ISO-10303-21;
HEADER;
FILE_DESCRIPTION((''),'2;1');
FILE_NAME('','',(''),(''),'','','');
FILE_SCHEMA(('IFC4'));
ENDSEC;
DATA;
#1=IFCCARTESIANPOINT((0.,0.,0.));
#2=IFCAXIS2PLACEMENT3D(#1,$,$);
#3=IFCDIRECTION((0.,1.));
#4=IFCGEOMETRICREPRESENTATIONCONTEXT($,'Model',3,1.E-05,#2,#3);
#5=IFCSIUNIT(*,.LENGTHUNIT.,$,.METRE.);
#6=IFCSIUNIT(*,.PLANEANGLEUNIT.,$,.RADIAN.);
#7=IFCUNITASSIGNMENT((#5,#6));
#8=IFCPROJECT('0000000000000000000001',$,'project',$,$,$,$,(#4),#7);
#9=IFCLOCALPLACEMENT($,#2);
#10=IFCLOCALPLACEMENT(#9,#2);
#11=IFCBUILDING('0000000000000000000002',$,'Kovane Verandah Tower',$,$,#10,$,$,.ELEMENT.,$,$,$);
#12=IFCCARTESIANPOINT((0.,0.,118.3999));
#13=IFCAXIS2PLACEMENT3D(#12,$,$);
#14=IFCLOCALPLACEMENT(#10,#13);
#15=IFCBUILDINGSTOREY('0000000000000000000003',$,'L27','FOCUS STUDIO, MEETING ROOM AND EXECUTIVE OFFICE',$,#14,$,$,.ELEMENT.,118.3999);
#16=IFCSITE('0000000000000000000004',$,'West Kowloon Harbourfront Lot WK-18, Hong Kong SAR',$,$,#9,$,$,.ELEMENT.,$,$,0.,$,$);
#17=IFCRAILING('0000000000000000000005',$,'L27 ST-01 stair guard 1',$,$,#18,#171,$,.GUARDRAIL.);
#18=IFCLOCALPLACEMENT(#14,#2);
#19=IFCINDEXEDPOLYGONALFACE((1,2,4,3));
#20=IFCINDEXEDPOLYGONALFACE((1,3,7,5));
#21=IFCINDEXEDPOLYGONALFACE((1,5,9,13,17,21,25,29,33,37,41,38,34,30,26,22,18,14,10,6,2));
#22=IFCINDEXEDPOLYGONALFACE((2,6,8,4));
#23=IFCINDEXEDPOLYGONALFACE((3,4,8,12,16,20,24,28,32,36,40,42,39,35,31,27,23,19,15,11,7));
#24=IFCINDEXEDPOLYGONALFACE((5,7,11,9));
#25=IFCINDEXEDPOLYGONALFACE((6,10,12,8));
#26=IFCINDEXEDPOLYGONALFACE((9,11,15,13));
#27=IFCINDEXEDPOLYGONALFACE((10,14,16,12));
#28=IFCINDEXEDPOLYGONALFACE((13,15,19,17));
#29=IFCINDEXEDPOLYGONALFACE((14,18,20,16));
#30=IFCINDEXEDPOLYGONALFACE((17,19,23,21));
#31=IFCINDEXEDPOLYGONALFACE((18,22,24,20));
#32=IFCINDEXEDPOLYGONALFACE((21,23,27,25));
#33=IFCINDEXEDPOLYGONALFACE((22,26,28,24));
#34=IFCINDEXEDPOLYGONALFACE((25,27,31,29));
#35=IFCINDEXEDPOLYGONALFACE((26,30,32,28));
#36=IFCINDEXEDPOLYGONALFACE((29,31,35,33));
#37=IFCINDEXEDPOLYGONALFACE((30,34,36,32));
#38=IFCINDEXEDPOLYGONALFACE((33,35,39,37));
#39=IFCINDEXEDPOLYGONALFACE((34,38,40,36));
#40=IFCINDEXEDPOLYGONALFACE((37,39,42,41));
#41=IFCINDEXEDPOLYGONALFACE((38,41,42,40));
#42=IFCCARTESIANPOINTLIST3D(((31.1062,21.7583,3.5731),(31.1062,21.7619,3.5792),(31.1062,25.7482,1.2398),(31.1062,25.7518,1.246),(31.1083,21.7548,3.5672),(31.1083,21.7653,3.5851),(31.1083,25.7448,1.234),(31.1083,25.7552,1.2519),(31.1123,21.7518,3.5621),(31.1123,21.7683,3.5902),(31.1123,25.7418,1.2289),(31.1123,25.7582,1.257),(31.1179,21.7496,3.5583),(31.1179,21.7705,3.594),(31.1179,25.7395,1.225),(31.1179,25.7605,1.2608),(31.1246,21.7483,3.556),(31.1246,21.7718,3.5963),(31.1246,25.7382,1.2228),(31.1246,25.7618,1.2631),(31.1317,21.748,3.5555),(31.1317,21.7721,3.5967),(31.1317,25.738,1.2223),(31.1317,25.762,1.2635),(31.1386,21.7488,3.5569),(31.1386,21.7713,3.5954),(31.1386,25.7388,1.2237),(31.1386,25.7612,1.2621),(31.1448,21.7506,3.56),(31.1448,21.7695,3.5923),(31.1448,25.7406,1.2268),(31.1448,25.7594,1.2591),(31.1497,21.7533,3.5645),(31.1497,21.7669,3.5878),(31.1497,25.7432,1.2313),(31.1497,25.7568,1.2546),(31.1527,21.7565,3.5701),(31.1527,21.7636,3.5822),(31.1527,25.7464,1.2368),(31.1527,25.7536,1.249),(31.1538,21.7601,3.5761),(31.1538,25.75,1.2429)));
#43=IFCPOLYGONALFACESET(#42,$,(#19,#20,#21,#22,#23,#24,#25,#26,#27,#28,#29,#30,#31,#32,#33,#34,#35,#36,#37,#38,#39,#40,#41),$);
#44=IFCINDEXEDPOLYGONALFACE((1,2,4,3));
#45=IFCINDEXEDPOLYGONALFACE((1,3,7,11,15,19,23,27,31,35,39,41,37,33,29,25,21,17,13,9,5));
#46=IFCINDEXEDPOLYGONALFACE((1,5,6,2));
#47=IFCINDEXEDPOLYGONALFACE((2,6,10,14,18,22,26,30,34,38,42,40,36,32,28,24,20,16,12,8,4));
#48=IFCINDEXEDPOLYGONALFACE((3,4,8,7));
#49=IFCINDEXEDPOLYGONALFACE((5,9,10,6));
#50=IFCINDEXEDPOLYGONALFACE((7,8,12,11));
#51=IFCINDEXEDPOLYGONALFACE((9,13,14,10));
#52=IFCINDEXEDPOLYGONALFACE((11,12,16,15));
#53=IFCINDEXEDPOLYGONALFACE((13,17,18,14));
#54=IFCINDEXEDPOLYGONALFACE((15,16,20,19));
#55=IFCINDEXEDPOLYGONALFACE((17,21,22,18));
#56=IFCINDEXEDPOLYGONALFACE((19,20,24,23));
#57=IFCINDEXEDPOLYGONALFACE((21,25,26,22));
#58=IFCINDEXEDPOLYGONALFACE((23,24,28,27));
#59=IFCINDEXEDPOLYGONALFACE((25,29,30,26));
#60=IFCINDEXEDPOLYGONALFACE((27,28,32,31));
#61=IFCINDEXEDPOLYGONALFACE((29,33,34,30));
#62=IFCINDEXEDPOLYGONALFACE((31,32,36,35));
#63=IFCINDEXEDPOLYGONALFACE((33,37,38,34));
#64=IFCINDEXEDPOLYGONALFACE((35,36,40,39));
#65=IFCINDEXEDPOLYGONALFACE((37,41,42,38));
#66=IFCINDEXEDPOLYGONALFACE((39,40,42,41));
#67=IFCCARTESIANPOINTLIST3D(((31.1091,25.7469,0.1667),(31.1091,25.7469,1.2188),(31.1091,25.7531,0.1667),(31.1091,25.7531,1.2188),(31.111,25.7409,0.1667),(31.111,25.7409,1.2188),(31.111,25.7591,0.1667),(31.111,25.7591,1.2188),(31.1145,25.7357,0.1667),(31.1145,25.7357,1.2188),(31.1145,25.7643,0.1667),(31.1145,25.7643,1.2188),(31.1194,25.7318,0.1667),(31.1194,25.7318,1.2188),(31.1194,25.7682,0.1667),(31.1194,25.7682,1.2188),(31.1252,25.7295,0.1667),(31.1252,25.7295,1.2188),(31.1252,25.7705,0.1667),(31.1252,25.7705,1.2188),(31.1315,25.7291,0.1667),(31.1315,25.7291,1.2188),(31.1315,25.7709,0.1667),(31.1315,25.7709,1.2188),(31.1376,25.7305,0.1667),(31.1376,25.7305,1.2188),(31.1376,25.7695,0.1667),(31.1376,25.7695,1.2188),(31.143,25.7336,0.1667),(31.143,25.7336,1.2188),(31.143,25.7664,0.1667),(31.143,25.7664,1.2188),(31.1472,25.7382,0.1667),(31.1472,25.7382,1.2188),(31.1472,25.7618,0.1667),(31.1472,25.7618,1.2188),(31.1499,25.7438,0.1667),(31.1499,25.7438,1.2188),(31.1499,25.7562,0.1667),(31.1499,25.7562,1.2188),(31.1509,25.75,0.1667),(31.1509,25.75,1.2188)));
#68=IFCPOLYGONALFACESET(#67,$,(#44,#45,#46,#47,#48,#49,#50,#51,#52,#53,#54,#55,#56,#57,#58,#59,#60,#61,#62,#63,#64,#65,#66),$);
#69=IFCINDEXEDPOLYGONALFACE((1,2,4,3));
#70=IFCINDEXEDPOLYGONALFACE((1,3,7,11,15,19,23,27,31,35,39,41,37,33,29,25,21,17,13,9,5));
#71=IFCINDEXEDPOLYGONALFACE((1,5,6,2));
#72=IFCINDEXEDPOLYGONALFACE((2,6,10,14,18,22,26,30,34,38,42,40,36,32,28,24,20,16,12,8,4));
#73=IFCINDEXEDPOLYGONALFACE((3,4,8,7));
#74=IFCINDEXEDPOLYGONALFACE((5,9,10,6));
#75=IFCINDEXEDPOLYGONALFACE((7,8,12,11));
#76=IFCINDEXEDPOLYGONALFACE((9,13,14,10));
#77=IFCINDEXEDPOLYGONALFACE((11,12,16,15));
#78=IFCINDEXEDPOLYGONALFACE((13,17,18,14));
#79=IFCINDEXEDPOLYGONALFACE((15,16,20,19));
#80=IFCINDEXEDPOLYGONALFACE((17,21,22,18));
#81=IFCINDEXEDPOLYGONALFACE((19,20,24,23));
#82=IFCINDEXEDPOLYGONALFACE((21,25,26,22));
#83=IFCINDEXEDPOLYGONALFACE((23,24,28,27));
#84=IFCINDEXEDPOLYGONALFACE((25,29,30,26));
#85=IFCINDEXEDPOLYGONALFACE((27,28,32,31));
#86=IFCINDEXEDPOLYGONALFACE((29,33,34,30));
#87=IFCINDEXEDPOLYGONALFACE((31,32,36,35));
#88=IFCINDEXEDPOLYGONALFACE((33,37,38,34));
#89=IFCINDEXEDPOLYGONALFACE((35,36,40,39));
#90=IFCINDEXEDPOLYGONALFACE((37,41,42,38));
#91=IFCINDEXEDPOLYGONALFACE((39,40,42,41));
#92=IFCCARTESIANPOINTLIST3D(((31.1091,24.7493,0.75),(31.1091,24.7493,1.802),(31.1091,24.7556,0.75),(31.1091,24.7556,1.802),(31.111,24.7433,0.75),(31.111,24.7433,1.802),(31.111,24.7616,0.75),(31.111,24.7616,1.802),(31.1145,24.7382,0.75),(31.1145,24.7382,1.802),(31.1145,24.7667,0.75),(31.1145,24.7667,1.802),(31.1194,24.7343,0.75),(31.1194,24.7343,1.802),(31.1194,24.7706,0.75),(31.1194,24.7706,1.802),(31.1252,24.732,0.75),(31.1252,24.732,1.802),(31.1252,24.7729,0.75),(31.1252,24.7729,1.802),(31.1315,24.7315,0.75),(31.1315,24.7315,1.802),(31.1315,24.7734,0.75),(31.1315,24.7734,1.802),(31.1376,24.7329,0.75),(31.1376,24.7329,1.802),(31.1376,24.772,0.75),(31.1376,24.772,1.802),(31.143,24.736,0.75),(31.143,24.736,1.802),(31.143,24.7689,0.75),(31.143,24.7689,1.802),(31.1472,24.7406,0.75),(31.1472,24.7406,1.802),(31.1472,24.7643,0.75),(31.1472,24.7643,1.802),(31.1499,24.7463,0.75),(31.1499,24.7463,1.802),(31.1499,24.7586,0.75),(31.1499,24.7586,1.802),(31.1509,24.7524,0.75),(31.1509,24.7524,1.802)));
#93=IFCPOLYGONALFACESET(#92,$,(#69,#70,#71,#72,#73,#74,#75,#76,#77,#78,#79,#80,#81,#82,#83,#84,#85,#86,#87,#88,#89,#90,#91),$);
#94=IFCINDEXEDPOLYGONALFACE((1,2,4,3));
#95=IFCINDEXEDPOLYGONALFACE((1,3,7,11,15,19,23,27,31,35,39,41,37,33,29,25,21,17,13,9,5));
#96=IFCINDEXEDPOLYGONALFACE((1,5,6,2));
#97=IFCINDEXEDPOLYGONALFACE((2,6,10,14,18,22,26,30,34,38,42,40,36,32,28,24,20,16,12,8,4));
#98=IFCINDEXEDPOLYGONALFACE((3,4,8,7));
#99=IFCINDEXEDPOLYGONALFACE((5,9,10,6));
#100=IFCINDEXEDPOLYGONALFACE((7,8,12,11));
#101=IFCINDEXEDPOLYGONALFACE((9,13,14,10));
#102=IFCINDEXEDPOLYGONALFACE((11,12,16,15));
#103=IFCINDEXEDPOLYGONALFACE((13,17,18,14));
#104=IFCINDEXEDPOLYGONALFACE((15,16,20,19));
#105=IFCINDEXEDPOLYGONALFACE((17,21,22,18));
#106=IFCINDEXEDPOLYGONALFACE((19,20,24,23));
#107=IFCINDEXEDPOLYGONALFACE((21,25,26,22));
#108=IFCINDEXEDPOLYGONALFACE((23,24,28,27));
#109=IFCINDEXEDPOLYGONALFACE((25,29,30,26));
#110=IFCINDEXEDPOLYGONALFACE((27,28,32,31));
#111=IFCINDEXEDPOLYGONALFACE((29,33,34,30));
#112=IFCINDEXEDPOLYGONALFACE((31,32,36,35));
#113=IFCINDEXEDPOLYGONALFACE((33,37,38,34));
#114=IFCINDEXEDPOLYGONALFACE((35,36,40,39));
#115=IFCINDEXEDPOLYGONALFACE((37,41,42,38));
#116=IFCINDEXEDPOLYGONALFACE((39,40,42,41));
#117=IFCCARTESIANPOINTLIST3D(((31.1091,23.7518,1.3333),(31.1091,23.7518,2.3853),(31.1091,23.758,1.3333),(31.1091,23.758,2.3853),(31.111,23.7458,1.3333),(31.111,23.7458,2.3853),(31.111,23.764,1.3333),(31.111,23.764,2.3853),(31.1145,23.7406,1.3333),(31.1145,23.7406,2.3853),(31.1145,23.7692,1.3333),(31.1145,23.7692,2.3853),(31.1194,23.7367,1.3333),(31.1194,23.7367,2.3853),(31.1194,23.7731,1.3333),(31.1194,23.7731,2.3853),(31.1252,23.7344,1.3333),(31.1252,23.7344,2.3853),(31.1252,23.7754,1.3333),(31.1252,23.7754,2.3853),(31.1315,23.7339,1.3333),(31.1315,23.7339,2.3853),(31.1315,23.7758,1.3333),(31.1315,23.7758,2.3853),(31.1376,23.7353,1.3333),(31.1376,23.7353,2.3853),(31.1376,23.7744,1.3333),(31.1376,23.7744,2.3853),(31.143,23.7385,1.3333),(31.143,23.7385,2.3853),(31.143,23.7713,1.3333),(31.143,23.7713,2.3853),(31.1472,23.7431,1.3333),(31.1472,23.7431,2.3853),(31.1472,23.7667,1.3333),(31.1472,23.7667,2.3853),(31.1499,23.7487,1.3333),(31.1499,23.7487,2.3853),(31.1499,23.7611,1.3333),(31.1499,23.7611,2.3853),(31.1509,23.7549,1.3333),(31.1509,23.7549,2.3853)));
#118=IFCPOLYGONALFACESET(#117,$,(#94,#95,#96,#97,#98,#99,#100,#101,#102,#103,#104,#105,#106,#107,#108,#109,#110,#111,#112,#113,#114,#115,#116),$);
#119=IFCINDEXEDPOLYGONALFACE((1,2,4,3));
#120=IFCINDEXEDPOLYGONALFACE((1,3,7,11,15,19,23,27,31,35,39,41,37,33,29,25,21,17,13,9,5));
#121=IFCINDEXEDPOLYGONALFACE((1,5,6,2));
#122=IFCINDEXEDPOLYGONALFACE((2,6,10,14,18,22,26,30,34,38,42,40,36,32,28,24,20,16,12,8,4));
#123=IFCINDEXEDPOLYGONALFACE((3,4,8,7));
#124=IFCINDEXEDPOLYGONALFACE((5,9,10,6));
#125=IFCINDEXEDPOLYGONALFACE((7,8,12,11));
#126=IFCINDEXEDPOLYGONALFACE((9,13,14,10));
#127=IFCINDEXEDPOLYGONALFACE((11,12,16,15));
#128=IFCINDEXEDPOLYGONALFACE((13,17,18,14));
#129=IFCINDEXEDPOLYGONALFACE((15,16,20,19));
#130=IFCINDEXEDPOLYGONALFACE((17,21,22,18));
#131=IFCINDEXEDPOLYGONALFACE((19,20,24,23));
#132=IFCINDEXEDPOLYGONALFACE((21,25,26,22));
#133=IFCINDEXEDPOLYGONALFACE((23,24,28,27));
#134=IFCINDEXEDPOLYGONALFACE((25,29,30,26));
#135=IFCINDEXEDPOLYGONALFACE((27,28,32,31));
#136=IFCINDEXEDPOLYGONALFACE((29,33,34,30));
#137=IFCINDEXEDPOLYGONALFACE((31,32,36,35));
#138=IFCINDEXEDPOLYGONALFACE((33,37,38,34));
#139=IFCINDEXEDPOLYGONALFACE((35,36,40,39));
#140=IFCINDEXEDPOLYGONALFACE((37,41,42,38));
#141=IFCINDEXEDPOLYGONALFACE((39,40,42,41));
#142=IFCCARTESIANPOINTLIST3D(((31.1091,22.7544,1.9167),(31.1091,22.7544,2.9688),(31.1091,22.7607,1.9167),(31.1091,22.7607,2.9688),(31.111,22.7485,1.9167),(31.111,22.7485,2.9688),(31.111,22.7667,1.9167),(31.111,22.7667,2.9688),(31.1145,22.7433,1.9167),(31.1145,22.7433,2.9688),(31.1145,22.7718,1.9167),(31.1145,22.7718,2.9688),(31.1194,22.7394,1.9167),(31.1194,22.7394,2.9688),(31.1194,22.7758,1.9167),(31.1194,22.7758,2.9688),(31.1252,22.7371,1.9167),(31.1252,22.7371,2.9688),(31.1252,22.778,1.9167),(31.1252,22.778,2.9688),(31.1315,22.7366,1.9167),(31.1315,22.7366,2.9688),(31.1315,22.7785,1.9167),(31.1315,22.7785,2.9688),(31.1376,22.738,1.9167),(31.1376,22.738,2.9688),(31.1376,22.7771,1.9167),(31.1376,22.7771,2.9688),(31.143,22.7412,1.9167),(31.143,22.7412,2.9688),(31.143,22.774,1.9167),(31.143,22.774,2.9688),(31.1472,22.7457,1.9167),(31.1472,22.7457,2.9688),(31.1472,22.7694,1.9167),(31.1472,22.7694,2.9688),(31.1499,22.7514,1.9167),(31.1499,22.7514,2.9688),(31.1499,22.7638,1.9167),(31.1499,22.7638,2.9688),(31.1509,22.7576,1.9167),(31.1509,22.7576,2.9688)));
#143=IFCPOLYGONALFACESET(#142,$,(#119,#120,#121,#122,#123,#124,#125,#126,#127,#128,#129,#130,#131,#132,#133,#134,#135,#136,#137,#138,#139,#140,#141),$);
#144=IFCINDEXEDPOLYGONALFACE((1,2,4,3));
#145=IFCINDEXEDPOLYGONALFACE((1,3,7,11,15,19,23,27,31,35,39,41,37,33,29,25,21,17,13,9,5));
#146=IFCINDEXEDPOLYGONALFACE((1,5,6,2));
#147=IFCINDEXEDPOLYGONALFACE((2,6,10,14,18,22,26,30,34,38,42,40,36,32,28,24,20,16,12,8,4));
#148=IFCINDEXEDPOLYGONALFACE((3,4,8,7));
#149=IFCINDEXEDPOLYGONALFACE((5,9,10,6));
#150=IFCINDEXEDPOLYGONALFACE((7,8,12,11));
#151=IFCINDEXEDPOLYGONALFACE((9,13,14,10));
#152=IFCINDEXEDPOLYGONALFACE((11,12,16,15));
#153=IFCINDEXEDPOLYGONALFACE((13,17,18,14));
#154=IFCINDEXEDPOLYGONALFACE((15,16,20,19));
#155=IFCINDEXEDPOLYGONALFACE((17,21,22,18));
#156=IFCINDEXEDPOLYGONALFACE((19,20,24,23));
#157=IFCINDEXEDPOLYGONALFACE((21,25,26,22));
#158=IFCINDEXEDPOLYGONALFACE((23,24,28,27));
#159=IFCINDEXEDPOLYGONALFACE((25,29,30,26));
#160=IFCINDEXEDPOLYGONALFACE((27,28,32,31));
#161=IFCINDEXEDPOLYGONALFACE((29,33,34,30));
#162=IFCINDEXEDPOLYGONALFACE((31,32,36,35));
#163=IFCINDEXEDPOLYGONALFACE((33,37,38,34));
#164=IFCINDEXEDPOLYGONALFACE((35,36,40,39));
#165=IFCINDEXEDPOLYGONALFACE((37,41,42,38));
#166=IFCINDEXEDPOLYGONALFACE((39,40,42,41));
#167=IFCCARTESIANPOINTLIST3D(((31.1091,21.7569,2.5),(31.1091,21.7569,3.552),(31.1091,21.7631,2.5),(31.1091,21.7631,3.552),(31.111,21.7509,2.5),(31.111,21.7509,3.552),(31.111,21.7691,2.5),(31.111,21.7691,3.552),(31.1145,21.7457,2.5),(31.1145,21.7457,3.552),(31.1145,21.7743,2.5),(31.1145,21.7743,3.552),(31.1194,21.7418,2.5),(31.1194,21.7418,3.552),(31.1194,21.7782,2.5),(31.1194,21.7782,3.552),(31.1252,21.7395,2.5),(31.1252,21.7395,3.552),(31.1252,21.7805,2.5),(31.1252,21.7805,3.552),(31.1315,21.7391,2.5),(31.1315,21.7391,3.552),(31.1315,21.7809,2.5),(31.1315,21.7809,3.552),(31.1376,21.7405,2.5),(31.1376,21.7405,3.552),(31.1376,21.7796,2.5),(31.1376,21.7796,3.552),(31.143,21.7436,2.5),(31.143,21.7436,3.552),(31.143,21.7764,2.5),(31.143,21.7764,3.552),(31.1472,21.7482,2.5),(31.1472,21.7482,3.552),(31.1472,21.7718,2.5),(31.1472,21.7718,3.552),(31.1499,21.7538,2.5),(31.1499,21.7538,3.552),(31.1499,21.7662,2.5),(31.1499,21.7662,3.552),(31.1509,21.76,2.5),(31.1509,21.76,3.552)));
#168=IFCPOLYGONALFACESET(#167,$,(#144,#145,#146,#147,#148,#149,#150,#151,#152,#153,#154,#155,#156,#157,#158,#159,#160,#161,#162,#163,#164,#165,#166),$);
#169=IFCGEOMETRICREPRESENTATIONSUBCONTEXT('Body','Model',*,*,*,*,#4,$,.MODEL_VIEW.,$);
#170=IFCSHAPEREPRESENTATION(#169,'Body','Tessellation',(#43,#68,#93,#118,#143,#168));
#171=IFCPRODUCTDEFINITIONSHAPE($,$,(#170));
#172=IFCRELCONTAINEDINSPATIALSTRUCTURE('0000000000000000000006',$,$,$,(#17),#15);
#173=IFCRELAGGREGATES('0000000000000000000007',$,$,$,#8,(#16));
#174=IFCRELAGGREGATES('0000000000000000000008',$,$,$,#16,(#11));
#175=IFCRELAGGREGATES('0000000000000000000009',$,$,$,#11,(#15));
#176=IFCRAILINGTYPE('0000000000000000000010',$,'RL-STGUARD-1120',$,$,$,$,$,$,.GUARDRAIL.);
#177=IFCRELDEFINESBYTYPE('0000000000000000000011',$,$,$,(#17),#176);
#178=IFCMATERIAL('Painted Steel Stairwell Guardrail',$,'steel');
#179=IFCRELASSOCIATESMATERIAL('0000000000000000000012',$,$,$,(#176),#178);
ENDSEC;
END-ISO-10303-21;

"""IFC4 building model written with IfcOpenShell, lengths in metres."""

from ifc_helpers import new_model, si_unit, direction, frame, origin, origin_2d, place, context, subcontext, project, spatial, circle, extrude, material, type_object, element, save


model = new_model("IFC4")

# Units and contexts
model_context = context("Model", 3, precision=1e-05, world=origin(), true_north=direction((0.0, 1.0)))
body_context = subcontext(model_context, "Body", "Model", "MODEL_VIEW")
ifc_project = project(units=[si_unit("LENGTHUNIT", "METRE"), si_unit("PLANEANGLEUNIT", "RADIAN")], contexts=[model_context])

# Site, building, storey
site_placement = place(None, origin())
site = spatial("IfcSite", under=ifc_project, at=site_placement, Name="West Kowloon Harbourfront Lot WK-18, Hong Kong SAR", CompositionType="ELEMENT", RefElevation=0.0)
building_placement = place(site_placement, origin())
building = spatial("IfcBuilding", under=site, at=building_placement, Name="Kovane Verandah Tower", CompositionType="ELEMENT")
storey_placement = place(building_placement, frame((0.0, 0.0, 118.3999)))
storey = spatial("IfcBuildingStorey", under=building, at=storey_placement, Name="L27", Description="FOCUS STUDIO, MEETING ROOM AND EXECUTIVE OFFICE", CompositionType="ELEMENT", Elevation=118.3999)

# Railing
ifc_material_1 = material(Name="Painted Steel Stairwell Guardrail", Category="steel")
railing_type_1 = type_object("IfcRailingType", Name="RL-STGUARD-1120", PredefinedType="GUARDRAIL", material=ifc_material_1)
railing_1_placement = place(storey_placement, frame((31.1299, 25.75, 0.1667)))
element("IfcRailing", 1, at=railing_1_placement, inside=storey, type_object=railing_type_1, Name="L27 ST-01 stair guard 1", PredefinedType="GUARDRAIL", context=body_context, shape_type="SweptSolid", body=[
    extrude(circle(Radius=0.0239, at=origin_2d()), frame((0.0, 0.0, 1.0762), z_axis=(0.0, -0.863236, 0.5048), x_axis=(1.0, 0.0, 0.0)), (0.0, 0.0, 1.0), 4.6221),
    extrude(circle(Radius=0.021, at=origin_2d()), origin(), (0.0, 0.0, 1.0), 1.052),
    extrude(circle(Radius=0.021, at=origin_2d()), frame((0.0, -0.9976, 0.5833)), (0.0, 0.0, 1.0), 1.052),
    extrude(circle(Radius=0.021, at=origin_2d()), frame((0.0, -1.9951, 1.1665)), (0.0, 0.0, 1.0), 1.052),
    extrude(circle(Radius=0.021, at=origin_2d()), frame((0.0, -2.9924, 1.75)), (0.0, 0.0, 1.0), 1.052),
    extrude(circle(Radius=0.021, at=origin_2d()), frame((0.0, -3.99, 2.3333)), (0.0, 0.0, 1.0), 1.052),
])

save(model, "model.ifc")
